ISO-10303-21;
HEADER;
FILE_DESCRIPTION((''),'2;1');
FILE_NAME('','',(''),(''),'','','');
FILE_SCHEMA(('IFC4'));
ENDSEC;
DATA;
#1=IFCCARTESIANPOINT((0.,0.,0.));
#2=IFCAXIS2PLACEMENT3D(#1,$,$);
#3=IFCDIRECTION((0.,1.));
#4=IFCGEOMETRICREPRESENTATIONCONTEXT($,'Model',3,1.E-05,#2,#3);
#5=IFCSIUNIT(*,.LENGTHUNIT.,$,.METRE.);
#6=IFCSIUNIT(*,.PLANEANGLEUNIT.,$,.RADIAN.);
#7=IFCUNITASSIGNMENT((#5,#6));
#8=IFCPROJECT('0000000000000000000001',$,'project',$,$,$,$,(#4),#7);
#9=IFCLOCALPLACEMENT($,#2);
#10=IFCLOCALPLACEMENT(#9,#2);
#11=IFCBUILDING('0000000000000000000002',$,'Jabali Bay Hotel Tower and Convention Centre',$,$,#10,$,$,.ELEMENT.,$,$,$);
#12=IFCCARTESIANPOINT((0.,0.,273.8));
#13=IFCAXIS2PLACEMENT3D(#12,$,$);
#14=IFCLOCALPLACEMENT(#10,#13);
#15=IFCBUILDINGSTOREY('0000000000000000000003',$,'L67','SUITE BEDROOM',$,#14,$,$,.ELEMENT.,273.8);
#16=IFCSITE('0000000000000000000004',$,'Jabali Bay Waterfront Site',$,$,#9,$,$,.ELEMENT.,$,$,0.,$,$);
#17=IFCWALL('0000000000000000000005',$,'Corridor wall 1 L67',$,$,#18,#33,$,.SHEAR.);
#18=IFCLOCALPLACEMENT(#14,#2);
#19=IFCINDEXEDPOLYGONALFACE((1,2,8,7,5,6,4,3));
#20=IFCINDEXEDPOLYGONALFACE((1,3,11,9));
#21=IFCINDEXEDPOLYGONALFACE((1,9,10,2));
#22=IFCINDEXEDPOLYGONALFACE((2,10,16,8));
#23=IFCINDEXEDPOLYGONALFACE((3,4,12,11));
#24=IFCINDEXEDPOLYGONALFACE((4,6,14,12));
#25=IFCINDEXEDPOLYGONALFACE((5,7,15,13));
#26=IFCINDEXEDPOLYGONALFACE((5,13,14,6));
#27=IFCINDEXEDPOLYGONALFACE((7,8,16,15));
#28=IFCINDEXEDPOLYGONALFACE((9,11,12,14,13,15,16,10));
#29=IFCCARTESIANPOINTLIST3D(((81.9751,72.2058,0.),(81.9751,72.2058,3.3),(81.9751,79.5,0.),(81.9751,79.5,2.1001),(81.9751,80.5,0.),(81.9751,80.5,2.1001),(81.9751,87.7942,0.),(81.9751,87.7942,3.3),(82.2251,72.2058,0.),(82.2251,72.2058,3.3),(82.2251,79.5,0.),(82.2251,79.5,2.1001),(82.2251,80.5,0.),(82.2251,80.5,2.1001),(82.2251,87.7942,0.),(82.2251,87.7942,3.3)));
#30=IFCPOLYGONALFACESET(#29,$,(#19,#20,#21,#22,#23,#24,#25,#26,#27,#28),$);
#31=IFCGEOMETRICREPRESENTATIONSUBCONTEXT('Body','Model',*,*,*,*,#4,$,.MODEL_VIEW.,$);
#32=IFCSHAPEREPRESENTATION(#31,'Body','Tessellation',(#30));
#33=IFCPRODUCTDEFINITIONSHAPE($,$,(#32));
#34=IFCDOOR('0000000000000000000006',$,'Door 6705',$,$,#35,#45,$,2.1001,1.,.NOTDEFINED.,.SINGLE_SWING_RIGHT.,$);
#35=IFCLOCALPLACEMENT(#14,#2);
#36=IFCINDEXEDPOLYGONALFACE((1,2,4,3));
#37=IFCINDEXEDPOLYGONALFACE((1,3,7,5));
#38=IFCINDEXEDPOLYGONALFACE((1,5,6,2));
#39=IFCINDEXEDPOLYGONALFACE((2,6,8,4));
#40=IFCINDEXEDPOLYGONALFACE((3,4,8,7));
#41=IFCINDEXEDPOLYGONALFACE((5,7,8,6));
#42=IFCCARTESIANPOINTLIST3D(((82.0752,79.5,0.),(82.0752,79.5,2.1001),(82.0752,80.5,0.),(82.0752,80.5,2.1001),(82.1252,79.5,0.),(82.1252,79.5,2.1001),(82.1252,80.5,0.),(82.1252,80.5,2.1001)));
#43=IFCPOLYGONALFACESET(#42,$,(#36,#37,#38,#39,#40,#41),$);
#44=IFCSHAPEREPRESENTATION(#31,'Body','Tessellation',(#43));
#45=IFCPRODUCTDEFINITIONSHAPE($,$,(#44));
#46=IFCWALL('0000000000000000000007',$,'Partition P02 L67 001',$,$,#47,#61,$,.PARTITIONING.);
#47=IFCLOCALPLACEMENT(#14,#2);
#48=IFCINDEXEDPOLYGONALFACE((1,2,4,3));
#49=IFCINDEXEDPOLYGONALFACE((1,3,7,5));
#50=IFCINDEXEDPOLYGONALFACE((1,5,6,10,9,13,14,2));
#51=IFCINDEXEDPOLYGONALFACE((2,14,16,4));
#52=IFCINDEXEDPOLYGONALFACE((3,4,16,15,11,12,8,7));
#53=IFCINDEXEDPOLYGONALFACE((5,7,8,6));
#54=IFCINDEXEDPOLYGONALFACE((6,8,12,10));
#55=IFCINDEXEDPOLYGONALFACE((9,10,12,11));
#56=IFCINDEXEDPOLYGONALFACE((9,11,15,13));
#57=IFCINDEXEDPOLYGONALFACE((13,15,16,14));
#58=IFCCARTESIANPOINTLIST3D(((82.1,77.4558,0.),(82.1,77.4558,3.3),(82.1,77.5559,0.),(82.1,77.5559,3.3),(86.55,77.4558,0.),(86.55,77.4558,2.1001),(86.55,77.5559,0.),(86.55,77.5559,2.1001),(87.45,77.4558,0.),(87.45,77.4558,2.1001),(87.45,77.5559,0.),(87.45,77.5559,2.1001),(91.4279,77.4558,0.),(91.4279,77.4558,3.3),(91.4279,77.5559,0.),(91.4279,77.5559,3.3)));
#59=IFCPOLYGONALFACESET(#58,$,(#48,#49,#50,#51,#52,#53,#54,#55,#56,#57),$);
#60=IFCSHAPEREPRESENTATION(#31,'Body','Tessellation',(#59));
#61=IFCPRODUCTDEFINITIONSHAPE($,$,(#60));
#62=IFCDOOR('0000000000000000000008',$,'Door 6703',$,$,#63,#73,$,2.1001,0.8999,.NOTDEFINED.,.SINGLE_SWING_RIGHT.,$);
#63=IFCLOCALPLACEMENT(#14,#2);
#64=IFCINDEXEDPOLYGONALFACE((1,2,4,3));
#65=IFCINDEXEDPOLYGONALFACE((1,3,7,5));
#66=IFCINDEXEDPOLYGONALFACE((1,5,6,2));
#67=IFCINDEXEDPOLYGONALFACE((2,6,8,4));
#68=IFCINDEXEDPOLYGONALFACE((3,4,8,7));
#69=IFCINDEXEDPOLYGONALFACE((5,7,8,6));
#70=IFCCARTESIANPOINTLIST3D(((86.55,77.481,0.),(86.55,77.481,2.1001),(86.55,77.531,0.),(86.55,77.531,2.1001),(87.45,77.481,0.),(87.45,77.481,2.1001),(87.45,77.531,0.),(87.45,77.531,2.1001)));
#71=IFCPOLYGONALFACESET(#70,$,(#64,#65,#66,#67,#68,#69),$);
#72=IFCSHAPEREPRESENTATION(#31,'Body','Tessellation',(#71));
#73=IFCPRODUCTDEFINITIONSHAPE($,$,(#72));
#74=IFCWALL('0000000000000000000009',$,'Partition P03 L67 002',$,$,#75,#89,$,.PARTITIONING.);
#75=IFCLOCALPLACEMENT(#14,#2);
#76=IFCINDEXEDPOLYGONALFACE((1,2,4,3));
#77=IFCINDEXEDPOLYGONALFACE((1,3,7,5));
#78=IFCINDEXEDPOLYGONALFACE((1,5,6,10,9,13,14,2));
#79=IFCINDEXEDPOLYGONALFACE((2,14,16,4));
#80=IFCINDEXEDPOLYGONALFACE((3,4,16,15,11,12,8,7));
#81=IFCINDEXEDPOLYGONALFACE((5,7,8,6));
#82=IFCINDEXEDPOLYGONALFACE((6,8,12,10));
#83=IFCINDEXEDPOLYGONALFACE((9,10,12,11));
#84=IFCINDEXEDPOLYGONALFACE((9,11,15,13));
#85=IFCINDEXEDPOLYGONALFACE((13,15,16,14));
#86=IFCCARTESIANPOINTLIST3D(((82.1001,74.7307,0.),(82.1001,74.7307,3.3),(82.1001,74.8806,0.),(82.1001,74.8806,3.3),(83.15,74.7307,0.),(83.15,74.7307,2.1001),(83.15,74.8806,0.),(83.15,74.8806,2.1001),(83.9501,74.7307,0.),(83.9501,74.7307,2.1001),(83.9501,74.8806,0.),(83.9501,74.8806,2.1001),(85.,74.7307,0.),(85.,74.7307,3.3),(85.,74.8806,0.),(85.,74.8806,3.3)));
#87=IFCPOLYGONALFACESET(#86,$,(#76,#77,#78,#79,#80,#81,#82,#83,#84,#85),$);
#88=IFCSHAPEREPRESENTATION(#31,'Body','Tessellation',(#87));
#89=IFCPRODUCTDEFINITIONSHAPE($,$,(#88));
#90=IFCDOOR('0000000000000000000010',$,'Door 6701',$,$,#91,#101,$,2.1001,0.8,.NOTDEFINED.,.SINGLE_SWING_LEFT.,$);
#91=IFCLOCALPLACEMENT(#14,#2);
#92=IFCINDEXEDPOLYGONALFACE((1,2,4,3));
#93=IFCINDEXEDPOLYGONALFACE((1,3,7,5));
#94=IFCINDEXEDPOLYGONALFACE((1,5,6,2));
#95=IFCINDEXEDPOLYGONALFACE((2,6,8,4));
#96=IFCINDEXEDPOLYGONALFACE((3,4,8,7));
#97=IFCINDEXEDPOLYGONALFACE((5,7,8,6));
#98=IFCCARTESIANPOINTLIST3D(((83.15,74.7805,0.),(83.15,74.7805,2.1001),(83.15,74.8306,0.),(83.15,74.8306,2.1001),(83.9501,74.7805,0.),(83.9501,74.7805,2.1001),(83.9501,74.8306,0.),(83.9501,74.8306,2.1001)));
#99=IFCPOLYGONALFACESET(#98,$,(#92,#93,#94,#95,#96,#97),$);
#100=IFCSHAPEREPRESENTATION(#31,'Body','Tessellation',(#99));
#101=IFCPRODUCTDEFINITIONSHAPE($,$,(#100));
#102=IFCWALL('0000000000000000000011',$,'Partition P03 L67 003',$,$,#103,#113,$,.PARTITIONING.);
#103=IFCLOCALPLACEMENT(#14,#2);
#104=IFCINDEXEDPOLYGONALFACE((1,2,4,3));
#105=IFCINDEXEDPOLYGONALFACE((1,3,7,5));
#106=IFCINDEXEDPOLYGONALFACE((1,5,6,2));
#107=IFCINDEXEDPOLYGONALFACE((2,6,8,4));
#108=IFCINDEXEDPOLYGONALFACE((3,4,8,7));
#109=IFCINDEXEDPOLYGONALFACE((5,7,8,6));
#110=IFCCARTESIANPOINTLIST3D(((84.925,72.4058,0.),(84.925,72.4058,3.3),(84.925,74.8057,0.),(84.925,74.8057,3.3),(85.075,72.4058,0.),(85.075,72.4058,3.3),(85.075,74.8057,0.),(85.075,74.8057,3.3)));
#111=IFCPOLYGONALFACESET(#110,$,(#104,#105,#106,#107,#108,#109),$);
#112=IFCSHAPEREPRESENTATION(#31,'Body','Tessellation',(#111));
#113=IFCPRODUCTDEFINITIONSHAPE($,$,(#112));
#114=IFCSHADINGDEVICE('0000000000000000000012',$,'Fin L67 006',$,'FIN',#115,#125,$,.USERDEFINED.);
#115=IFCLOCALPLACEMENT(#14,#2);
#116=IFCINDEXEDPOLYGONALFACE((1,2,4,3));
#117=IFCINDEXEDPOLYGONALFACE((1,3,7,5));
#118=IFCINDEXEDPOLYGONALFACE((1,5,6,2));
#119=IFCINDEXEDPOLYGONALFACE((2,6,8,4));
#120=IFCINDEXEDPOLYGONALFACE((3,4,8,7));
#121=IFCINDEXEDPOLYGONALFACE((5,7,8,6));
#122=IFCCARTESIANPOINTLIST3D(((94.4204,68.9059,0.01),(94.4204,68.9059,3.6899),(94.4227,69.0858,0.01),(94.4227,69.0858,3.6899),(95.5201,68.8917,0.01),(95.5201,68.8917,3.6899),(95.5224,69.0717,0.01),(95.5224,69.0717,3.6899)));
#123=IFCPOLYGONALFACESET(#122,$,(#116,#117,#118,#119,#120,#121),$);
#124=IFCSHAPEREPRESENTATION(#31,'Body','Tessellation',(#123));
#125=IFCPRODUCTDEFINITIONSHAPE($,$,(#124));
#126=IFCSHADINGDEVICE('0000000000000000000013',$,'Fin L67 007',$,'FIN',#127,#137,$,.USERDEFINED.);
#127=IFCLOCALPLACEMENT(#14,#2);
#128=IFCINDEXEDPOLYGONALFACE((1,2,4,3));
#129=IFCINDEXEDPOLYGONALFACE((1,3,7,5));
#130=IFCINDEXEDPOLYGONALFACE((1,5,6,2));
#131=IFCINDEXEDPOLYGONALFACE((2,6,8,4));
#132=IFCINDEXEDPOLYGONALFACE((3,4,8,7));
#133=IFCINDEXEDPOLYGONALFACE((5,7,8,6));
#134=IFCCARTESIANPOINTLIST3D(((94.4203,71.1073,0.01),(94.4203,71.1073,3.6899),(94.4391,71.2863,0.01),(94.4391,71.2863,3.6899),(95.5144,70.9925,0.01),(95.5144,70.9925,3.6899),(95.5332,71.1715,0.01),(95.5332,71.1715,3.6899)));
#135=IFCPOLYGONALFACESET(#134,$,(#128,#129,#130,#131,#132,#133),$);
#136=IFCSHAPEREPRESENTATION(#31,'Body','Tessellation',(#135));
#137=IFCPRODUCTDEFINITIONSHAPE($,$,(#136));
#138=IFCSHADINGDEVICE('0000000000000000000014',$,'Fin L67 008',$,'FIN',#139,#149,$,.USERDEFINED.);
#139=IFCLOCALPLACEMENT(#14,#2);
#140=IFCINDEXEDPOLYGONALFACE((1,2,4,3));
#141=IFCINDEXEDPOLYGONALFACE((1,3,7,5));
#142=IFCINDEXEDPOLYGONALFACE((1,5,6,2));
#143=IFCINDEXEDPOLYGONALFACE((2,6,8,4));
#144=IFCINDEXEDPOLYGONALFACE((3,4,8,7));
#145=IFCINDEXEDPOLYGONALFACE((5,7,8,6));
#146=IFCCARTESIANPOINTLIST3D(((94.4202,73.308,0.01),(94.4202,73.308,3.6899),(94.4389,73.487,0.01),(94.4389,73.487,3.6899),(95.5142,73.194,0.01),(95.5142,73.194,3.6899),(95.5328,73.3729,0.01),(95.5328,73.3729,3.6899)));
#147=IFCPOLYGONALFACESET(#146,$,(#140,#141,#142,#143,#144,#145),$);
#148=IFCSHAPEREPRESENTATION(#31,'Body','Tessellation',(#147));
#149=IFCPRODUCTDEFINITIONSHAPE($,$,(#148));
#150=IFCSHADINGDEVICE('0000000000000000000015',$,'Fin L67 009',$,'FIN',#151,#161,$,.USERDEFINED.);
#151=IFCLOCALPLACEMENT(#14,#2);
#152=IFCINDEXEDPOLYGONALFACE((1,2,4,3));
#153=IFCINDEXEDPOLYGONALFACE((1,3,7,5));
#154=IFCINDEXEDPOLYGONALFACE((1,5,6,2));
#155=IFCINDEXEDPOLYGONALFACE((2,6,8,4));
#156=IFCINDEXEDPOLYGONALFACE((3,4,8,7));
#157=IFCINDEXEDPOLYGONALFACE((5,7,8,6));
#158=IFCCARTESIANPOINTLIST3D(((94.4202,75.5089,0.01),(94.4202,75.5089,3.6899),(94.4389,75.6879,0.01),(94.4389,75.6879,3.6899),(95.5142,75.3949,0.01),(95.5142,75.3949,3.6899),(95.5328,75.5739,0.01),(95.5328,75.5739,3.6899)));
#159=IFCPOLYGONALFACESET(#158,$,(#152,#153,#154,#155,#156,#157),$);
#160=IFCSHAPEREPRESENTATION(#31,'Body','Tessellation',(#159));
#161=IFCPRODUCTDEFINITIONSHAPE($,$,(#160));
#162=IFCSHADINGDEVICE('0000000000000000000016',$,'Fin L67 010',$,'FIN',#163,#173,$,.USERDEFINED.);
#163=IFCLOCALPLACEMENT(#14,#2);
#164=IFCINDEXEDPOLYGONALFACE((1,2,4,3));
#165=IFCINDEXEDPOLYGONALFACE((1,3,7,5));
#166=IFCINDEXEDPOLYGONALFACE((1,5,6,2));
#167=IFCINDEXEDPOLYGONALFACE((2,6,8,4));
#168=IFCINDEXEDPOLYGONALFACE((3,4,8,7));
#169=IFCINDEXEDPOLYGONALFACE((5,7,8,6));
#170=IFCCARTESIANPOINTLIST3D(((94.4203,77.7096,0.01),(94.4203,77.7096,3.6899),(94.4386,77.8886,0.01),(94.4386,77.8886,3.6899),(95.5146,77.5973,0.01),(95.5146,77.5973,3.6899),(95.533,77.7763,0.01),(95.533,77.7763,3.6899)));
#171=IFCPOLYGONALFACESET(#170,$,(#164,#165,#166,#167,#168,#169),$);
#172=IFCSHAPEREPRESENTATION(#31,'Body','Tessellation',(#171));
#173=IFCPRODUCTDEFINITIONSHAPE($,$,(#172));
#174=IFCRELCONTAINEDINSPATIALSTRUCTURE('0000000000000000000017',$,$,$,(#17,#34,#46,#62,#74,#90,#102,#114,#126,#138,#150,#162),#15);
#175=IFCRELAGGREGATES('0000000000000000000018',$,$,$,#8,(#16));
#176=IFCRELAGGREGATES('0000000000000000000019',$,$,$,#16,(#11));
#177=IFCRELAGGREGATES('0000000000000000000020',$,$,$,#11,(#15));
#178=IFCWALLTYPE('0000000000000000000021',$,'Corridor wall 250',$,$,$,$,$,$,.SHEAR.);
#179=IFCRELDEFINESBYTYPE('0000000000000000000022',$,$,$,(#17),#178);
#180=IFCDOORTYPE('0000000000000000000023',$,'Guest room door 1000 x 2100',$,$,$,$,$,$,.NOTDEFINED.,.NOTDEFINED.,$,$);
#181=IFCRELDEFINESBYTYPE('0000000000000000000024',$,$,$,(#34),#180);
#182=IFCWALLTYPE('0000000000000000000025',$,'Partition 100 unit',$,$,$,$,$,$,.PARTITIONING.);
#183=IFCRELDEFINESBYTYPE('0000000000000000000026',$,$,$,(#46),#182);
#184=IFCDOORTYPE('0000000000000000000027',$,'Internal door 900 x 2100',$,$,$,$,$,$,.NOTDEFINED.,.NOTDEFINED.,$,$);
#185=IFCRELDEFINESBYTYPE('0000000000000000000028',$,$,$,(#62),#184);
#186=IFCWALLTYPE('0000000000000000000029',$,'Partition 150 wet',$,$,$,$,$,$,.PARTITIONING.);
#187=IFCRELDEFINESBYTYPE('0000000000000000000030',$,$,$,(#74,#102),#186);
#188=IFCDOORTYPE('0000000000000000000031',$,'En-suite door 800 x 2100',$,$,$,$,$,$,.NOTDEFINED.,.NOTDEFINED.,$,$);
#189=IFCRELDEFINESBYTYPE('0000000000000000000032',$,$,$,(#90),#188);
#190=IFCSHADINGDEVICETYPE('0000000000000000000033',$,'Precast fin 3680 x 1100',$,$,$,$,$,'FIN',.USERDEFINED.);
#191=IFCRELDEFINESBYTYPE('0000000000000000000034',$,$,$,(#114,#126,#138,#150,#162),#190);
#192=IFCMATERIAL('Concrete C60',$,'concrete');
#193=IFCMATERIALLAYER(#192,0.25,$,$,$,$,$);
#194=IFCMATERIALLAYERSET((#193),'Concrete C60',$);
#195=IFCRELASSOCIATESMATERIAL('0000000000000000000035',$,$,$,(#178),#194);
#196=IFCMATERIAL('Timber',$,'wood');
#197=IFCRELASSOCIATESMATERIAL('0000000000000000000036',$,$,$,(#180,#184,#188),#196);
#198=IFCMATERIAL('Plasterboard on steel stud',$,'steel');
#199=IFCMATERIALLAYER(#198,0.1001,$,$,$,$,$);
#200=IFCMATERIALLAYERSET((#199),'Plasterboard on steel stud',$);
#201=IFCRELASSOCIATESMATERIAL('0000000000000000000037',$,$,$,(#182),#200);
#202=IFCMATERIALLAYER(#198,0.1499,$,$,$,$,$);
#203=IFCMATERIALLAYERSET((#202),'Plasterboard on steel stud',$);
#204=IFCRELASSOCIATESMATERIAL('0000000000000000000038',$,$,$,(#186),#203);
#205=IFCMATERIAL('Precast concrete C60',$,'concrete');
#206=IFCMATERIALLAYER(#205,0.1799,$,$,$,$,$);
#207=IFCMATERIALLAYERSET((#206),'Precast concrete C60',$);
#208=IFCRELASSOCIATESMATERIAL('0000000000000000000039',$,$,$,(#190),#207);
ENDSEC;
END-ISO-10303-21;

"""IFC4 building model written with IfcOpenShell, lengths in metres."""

from ifc_helpers import new_model, si_unit, direction, frame, frame_2d, origin, place, context, subcontext, project, spatial, rectangle, extrude, material, layer, layer_set, type_object, element, fill, save


model = new_model("IFC4")

# Units and contexts
model_context = context("Model", 3, precision=1e-05, world=origin(), true_north=direction((0.0, 1.0)))
body_context = subcontext(model_context, "Body", "Model", "MODEL_VIEW")
ifc_project = project(units=[si_unit("LENGTHUNIT", "METRE"), si_unit("PLANEANGLEUNIT", "RADIAN")], contexts=[model_context])

# Site, building, storey
site_placement = place(None, origin())
site = spatial("IfcSite", under=ifc_project, at=site_placement, Name="Jabali Bay Waterfront Site", CompositionType="ELEMENT", RefElevation=0.0)
building_placement = place(site_placement, origin())
building = spatial("IfcBuilding", under=site, at=building_placement, Name="Jabali Bay Hotel Tower and Convention Centre", CompositionType="ELEMENT")
storey_placement = place(building_placement, frame((0.0, 0.0, 273.8)))
storey = spatial("IfcBuildingStorey", under=building, at=storey_placement, Name="L67", Description="SUITE BEDROOM", CompositionType="ELEMENT", Elevation=273.8)

# Shared definitions
ifc_material_1 = material(Name="Concrete C60", Category="concrete")

# Walls, openings, doors
ifc_layer_1 = layer(ifc_material_1, 0.25)
ifc_layer_set_1 = layer_set([ifc_layer_1], Name="Concrete C60")
wall_type_1 = type_object("IfcWallType", Name="Corridor wall 250", PredefinedType="SHEAR", material=ifc_layer_set_1)
wall_1_placement = place(storey_placement, frame((82.1001, 72.2058, 0.0), z_axis=(0.0, 0.0, 1.0), x_axis=(0.0, 1.0, 0.0)))
wall_1 = element("IfcWall", 1, at=wall_1_placement, inside=storey, type_object=wall_type_1, Name="Corridor wall 1 L67", PredefinedType="SHEAR", context=body_context, shape_type="SweptSolid", body=[
    extrude(rectangle(XDim=15.5884, YDim=0.25, at=frame_2d((7.7942, 0.0))), origin(), (0.0, 0.0, 1.0), 3.3),
])
opening_1_placement = place(wall_1_placement, frame((7.2942, 0.0, 0.0)))
opening_1 = element("IfcOpeningElement", 2, at=opening_1_placement, cuts=wall_1, PredefinedType="OPENING", context=body_context, shape_type="SweptSolid", body=[
    extrude(rectangle(XDim=1.0, YDim=2.1001, at=frame_2d((0.5, 1.05))), frame((0.0, 0.1355, 0.0), z_axis=(0.0, -1.0, 0.0), x_axis=(1.0, 0.0, 0.0)), (0.0, 0.0, 1.0), 0.271),
])
ifc_material_2 = material(Name="Timber", Category="wood")
door_type_1 = type_object("IfcDoorType", Name="Guest room door 1000 x 2100", OperationType="NOTDEFINED", PredefinedType="NOTDEFINED", material=ifc_material_2)
door_1_placement = place(opening_1_placement, origin())
door_1 = element("IfcDoor", 3, at=door_1_placement, inside=storey, type_object=door_type_1, Name="Door 6705", OperationType="SINGLE_SWING_RIGHT", OverallHeight=2.1001, OverallWidth=1.0, PredefinedType="NOTDEFINED", context=body_context, shape_type="SweptSolid", body=[
    extrude(rectangle(XDim=1.0, YDim=2.1001, at=frame_2d((0.5, 1.05))), frame((0.0, 0.0249, 0.0), z_axis=(0.0, -1.0, 0.0), x_axis=(1.0, 0.0, 0.0)), (0.0, 0.0, 1.0), 0.05),
])
fill(opening_1, door_1)
ifc_material_3 = material(Name="Plasterboard on steel stud", Category="steel")
ifc_layer_2 = layer(ifc_material_3, 0.1001)
ifc_layer_set_2 = layer_set([ifc_layer_2], Name="Plasterboard on steel stud")
wall_type_2 = type_object("IfcWallType", Name="Partition 100 unit", PredefinedType="PARTITIONING", material=ifc_layer_set_2)
wall_2_placement = place(storey_placement, frame((91.428, 77.5059, 0.0), z_axis=(0.0, 0.0, 1.0), x_axis=(-1.0, 0.0, 0.0)))
wall_2 = element("IfcWall", 4, at=wall_2_placement, inside=storey, type_object=wall_type_2, Name="Partition P02 L67 001", PredefinedType="PARTITIONING", context=body_context, shape_type="SweptSolid", body=[
    extrude(rectangle(XDim=9.3279, YDim=0.1001, at=frame_2d((4.6641, 0.0))), origin(), (0.0, 0.0, 1.0), 3.3),
])
opening_2_placement = place(wall_2_placement, frame((3.978, 0.0, 0.0)))
opening_2 = element("IfcOpeningElement", 5, at=opening_2_placement, cuts=wall_2, PredefinedType="OPENING", context=body_context, shape_type="SweptSolid", body=[
    extrude(rectangle(XDim=0.8999, YDim=2.1001, at=frame_2d((0.45, 1.05))), frame((0.0, 0.0605, 0.0), z_axis=(0.0, -1.0, 0.0), x_axis=(1.0, 0.0, 0.0)), (0.0, 0.0, 1.0), 0.1211),
])
door_type_2 = type_object("IfcDoorType", Name="Internal door 900 x 2100", OperationType="NOTDEFINED", PredefinedType="NOTDEFINED", material=ifc_material_2)
door_2_placement = place(opening_2_placement, origin())
door_2 = element("IfcDoor", 6, at=door_2_placement, inside=storey, type_object=door_type_2, Name="Door 6703", OperationType="SINGLE_SWING_RIGHT", OverallHeight=2.1001, OverallWidth=0.8999, PredefinedType="NOTDEFINED", context=body_context, shape_type="SweptSolid", body=[
    extrude(rectangle(XDim=0.8999, YDim=2.1001, at=frame_2d((0.45, 1.05))), frame((0.0, 0.0249, 0.0), z_axis=(0.0, -1.0, 0.0), x_axis=(1.0, 0.0, 0.0)), (0.0, 0.0, 1.0), 0.05),
])
fill(opening_2, door_2)
ifc_layer_3 = layer(ifc_material_3, 0.1499)
ifc_layer_set_3 = layer_set([ifc_layer_3], Name="Plasterboard on steel stud")
wall_type_3 = type_object("IfcWallType", Name="Partition 150 wet", PredefinedType="PARTITIONING", material=ifc_layer_set_3)
wall_3_placement = place(storey_placement, frame((82.1001, 74.8057, 0.0), z_axis=(0.0, 0.0, 1.0), x_axis=(1.0, 0.0, 0.0)))
wall_3 = element("IfcWall", 7, at=wall_3_placement, inside=storey, type_object=wall_type_3, Name="Partition P03 L67 002", PredefinedType="PARTITIONING", context=body_context, shape_type="SweptSolid", body=[
    extrude(rectangle(XDim=2.8999, YDim=0.1499, at=frame_2d((1.45, 0.0))), origin(), (0.0, 0.0, 1.0), 3.3),
])
opening_3_placement = place(wall_3_placement, frame((1.05, 0.0, 0.0)))
opening_3 = element("IfcOpeningElement", 8, at=opening_3_placement, cuts=wall_3, PredefinedType="OPENING", context=body_context, shape_type="SweptSolid", body=[
    extrude(rectangle(XDim=0.8, YDim=2.1001, at=frame_2d((0.3999, 1.05))), frame((0.0, 0.0854, 0.0), z_axis=(0.0, -1.0, 0.0), x_axis=(1.0, 0.0, 0.0)), (0.0, 0.0, 1.0), 0.1709),
])
door_type_3 = type_object("IfcDoorType", Name="En-suite door 800 x 2100", OperationType="NOTDEFINED", PredefinedType="NOTDEFINED", material=ifc_material_2)
door_3_placement = place(opening_3_placement, origin())
door_3 = element("IfcDoor", 9, at=door_3_placement, inside=storey, type_object=door_type_3, Name="Door 6701", OperationType="SINGLE_SWING_LEFT", OverallHeight=2.1001, OverallWidth=0.8, PredefinedType="NOTDEFINED", context=body_context, shape_type="SweptSolid", body=[
    extrude(rectangle(XDim=0.8, YDim=2.1001, at=frame_2d((0.3999, 1.05))), frame((0.0, 0.0249, 0.0), z_axis=(0.0, -1.0, 0.0), x_axis=(1.0, 0.0, 0.0)), (0.0, 0.0, 1.0), 0.05),
])
fill(opening_3, door_3)

# Wall
wall_4_placement = place(storey_placement, frame((85.0, 74.8057, 0.0), z_axis=(0.0, 0.0, 1.0), x_axis=(0.0, -1.0, 0.0)))
element("IfcWall", 10, at=wall_4_placement, inside=storey, type_object=wall_type_3, Name="Partition P03 L67 003", PredefinedType="PARTITIONING", context=body_context, shape_type="SweptSolid", body=[
    extrude(rectangle(XDim=2.3999, YDim=0.1499, at=frame_2d((1.2, 0.0))), origin(), (0.0, 0.0, 1.0), 3.3),
])

# Shading devices
ifc_material_4 = material(Name="Precast concrete C60", Category="concrete")
ifc_layer_4 = layer(ifc_material_4, 0.1799)
ifc_layer_set_4 = layer_set([ifc_layer_4], Name="Precast concrete C60")
shading_device_type = type_object("IfcShadingDeviceType", Name="Precast fin 3680 x 1100", ElementType="FIN", PredefinedType="USERDEFINED", material=ifc_layer_set_4)
shading_device_1_placement = place(storey_placement, frame((94.4216, 68.9958, 0.01), z_axis=(0.0, 0.0, 1.0), x_axis=(0.999917, -0.012874, 0.0)))
element("IfcShadingDevice", 11, at=shading_device_1_placement, inside=storey, type_object=shading_device_type, Name="Fin L67 006", ObjectType="FIN", PredefinedType="USERDEFINED", context=body_context, shape_type="SweptSolid", body=[
    extrude(rectangle(XDim=1.0999, YDim=0.1799, at=frame_2d((0.5498, 0.0))), origin(), (0.0, 0.0, 1.0), 3.6799),
])
shading_device_2_placement = place(storey_placement, frame((94.4297, 71.1968, 0.01), z_axis=(0.0, 0.0, 1.0), x_axis=(0.994544, -0.104315, 0.0)))
element("IfcShadingDevice", 12, at=shading_device_2_placement, inside=storey, type_object=shading_device_type, Name="Fin L67 007", ObjectType="FIN", PredefinedType="USERDEFINED", context=body_context, shape_type="SweptSolid", body=[
    extrude(rectangle(XDim=1.1001, YDim=0.1799, at=frame_2d((0.55, 0.0))), origin(), (0.0, 0.0, 1.0), 3.6799),
])
for number, where, z_axis, x_axis, name in (
    (13, (94.4297, 73.3975, 0.01), (0.0, 0.0, 1.0), (0.994613, -0.103656, 0.0), "Fin L67 008"),
    (14, (94.4297, 75.5984, 0.01), (0.0, 0.0, 1.0), (0.994613, -0.103656, 0.0), "Fin L67 009"),
):
    element("IfcShadingDevice", number, at=place(storey_placement, frame(where, z_axis=z_axis, x_axis=x_axis)), inside=storey, type_object=shading_device_type, Name=name, ObjectType="FIN", PredefinedType="USERDEFINED", context=body_context, shape_type="SweptSolid", body=[
        extrude(rectangle(XDim=1.0999, YDim=0.1799, at=frame_2d((0.5498, 0.0))), origin(), (0.0, 0.0, 1.0), 3.6799),
    ])
shading_device_3_placement = place(storey_placement, frame((94.4294, 77.7991, 0.01), z_axis=(0.0, 0.0, 1.0), x_axis=(0.994775, -0.102096, 0.0)))
element("IfcShadingDevice", 15, at=shading_device_3_placement, inside=storey, type_object=shading_device_type, Name="Fin L67 010", ObjectType="FIN", PredefinedType="USERDEFINED", context=body_context, shape_type="SweptSolid", body=[
    extrude(rectangle(XDim=1.1001, YDim=0.1799, at=frame_2d((0.55, 0.0))), origin(), (0.0, 0.0, 1.0), 3.6799),
])

save(model, "model.ifc")
